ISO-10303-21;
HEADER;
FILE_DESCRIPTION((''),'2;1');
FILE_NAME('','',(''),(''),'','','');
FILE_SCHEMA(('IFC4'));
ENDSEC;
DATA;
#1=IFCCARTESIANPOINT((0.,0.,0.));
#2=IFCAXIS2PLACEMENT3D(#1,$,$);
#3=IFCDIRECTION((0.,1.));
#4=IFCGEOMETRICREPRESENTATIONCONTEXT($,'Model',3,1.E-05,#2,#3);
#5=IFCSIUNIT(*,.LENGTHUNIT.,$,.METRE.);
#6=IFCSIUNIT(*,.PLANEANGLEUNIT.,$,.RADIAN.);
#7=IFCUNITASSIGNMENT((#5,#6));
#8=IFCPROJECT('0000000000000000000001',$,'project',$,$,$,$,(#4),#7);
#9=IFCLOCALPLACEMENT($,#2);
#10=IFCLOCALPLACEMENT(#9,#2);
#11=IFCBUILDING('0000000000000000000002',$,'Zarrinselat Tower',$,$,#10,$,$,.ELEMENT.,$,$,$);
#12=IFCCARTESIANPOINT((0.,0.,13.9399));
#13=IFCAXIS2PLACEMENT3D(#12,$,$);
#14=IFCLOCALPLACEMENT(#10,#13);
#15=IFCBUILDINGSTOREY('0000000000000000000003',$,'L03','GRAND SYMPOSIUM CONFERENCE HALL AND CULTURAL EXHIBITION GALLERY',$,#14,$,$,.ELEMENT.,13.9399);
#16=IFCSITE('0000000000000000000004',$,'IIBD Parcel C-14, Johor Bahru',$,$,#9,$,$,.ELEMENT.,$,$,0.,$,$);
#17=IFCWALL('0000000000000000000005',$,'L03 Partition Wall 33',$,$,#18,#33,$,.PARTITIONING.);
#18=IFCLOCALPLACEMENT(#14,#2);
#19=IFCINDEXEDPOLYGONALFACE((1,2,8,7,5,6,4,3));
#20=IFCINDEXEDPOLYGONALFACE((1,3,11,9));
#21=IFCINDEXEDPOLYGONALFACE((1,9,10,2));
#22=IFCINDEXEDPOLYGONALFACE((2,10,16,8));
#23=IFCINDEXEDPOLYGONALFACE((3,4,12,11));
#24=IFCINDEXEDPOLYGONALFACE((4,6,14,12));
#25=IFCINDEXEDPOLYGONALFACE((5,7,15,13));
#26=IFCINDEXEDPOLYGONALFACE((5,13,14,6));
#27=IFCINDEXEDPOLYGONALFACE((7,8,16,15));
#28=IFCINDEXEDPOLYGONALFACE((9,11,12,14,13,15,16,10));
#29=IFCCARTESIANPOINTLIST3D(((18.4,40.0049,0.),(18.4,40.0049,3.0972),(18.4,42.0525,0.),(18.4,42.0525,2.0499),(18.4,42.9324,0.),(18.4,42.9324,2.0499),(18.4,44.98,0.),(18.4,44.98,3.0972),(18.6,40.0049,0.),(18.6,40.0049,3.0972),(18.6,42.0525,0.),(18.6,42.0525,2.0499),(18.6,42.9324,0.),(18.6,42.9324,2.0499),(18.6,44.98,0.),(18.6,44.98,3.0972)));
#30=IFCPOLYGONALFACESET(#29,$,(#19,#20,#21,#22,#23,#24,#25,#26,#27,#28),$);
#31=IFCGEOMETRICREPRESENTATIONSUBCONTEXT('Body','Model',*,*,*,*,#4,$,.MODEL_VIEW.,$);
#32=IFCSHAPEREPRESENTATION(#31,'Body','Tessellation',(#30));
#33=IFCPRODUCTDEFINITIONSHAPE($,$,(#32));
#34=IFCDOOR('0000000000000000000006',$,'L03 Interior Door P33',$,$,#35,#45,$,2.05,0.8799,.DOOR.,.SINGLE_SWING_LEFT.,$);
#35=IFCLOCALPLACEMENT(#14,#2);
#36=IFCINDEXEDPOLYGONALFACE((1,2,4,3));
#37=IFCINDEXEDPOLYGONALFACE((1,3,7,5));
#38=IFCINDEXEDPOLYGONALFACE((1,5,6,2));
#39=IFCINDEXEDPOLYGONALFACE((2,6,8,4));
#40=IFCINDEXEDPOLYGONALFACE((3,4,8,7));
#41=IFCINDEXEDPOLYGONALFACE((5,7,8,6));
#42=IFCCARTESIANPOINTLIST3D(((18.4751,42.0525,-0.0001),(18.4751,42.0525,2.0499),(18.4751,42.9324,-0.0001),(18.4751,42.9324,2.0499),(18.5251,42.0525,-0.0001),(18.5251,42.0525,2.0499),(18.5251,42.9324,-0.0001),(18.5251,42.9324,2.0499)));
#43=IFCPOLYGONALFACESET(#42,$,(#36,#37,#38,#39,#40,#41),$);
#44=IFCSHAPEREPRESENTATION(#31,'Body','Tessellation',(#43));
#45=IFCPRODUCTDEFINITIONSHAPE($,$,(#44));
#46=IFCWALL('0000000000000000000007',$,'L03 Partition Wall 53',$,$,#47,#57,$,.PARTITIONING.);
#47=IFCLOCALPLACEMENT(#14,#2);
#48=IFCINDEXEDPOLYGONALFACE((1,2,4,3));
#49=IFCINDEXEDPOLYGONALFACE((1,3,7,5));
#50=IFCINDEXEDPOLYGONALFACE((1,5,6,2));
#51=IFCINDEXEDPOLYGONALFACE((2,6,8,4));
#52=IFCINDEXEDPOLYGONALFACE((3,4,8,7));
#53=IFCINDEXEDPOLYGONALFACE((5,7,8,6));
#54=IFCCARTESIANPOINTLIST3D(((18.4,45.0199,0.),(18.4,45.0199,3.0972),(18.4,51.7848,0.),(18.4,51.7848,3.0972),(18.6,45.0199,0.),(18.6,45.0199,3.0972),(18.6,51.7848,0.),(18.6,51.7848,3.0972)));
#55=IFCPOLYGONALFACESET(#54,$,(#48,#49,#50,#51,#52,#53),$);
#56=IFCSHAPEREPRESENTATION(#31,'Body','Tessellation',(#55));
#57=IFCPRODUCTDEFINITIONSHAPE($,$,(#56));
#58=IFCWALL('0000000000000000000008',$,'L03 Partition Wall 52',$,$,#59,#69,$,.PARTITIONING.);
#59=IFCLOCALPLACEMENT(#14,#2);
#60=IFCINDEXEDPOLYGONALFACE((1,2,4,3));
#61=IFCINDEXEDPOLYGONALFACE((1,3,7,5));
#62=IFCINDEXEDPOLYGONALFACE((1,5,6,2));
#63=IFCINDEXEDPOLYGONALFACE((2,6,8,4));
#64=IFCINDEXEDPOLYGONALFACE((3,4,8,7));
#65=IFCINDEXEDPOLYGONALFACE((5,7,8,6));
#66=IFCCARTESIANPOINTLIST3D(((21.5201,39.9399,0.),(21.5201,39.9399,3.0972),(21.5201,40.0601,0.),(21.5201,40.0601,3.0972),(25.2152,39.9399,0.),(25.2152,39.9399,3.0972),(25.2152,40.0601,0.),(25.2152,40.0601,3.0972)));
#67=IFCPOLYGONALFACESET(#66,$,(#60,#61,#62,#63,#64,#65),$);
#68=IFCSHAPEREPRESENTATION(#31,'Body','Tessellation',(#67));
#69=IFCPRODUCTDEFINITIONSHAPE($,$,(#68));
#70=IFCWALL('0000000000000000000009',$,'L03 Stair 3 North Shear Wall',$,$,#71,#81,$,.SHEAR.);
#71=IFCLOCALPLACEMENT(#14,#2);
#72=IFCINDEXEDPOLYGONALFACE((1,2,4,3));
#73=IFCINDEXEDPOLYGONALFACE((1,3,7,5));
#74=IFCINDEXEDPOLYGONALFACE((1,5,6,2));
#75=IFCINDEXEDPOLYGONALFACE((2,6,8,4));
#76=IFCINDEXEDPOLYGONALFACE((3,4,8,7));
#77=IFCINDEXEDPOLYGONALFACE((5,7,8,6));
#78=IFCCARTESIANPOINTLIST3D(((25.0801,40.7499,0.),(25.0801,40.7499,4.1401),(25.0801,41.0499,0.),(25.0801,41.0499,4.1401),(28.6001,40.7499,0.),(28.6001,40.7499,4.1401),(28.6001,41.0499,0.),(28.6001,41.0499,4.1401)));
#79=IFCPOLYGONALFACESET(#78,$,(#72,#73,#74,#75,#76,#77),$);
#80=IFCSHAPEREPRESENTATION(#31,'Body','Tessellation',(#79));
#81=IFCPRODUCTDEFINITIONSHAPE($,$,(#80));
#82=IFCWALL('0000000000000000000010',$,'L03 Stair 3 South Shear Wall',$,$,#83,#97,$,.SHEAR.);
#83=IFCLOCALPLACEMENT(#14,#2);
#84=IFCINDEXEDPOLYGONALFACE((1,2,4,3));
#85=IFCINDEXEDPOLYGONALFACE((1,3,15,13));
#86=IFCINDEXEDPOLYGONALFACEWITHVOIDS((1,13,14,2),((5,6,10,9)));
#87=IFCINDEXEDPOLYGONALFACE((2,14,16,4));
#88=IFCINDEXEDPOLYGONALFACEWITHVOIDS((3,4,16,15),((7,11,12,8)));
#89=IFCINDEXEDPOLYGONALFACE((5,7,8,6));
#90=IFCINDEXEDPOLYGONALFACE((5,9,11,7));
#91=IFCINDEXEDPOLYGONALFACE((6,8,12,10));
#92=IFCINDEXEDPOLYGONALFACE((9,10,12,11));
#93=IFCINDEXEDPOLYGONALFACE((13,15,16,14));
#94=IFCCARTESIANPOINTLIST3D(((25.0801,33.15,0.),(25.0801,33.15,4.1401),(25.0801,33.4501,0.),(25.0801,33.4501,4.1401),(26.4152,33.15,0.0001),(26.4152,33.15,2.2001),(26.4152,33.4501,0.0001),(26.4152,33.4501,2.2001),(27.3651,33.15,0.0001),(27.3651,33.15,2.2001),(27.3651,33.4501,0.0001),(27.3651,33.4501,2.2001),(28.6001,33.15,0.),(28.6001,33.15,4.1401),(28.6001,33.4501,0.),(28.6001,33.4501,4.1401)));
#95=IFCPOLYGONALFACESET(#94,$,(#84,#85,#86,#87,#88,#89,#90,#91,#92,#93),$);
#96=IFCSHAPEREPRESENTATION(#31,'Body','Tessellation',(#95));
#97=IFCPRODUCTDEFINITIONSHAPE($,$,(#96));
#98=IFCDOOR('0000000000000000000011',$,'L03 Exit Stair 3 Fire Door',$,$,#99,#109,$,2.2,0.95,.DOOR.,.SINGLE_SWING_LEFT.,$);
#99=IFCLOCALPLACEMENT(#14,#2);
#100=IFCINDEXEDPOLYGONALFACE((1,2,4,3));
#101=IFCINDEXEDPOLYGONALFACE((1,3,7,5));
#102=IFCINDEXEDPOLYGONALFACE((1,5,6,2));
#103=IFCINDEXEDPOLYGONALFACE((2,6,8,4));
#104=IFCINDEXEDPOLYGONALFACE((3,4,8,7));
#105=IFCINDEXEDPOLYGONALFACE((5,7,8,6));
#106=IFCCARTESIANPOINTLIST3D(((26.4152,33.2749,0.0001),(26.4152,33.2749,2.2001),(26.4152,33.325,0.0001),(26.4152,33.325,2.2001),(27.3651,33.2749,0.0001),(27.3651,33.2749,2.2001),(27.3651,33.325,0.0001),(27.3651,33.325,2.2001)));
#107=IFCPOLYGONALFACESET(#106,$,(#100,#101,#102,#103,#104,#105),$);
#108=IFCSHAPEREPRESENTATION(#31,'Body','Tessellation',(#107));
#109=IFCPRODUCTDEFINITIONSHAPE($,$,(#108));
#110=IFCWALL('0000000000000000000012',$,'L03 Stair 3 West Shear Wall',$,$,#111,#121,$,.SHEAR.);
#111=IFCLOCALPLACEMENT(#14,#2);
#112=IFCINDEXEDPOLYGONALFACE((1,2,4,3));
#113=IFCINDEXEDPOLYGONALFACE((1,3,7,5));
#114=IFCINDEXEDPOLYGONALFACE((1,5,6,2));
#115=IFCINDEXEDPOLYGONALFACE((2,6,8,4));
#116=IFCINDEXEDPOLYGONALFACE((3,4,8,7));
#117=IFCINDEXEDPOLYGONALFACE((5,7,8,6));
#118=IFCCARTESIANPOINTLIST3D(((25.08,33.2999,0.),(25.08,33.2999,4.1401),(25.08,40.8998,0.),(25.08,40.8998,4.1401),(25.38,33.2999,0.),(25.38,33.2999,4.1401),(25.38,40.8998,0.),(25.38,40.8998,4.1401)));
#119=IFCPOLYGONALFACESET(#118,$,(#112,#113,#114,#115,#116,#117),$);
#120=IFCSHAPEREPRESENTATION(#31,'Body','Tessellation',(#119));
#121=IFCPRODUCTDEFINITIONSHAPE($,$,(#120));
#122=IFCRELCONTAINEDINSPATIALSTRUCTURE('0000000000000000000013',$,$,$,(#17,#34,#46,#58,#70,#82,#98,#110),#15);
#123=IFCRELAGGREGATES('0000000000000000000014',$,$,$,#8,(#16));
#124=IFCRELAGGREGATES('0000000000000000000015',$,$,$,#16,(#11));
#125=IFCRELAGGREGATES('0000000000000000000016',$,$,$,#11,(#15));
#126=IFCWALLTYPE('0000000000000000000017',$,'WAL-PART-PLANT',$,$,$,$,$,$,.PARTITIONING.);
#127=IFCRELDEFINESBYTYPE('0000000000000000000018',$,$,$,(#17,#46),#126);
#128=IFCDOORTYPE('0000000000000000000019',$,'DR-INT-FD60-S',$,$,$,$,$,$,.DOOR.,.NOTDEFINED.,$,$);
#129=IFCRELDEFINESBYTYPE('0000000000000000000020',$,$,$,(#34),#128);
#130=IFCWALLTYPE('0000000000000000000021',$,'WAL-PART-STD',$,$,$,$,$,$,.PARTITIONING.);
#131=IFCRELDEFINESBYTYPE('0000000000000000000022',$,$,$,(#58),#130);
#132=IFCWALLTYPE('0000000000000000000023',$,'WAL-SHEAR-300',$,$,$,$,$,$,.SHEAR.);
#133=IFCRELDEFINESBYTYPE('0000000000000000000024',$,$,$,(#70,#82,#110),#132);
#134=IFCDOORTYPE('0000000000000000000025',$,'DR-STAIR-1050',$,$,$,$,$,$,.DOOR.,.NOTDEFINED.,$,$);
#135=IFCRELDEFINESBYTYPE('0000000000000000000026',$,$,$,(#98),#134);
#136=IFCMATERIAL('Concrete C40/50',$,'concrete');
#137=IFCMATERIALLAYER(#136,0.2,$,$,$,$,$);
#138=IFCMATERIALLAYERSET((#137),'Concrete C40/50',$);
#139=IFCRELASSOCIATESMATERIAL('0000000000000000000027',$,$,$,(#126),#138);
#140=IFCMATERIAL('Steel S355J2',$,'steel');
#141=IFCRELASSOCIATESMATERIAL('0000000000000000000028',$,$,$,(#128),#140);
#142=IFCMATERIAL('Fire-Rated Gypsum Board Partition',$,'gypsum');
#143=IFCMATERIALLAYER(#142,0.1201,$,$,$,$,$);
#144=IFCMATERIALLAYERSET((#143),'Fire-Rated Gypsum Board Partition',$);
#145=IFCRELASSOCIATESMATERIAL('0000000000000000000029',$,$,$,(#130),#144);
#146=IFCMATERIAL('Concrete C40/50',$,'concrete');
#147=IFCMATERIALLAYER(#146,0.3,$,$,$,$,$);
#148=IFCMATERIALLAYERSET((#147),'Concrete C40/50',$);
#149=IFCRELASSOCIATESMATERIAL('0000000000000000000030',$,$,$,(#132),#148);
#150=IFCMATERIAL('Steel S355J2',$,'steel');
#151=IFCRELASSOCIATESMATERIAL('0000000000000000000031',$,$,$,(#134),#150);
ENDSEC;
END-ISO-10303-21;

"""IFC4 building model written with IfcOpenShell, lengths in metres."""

from ifc_helpers import new_model, si_unit, direction, frame, frame_2d, origin, place, context, subcontext, project, spatial, rectangle, extrude, material, layer, layer_set, type_object, element, fill, save


model = new_model("IFC4")

# Units and contexts
model_context = context("Model", 3, precision=1e-05, world=origin(), true_north=direction((0.0, 1.0)))
body_context = subcontext(model_context, "Body", "Model", "MODEL_VIEW")
ifc_project = project(units=[si_unit("LENGTHUNIT", "METRE"), si_unit("PLANEANGLEUNIT", "RADIAN")], contexts=[model_context])

# Site, building, storey
site_placement = place(None, origin())
site = spatial("IfcSite", under=ifc_project, at=site_placement, Name="IIBD Parcel C-14, Johor Bahru", CompositionType="ELEMENT", RefElevation=0.0)
building_placement = place(site_placement, origin())
building = spatial("IfcBuilding", under=site, at=building_placement, Name="Zarrinselat Tower", CompositionType="ELEMENT")
storey_placement = place(building_placement, frame((0.0, 0.0, 13.9399)))
storey = spatial("IfcBuildingStorey", under=building, at=storey_placement, Name="L03", Description="GRAND SYMPOSIUM CONFERENCE HALL AND CULTURAL EXHIBITION GALLERY", CompositionType="ELEMENT", Elevation=13.9399)

# Wall, opening, door
ifc_material_1 = material(Name="Concrete C40/50", Category="concrete")
ifc_layer_1 = layer(ifc_material_1, 0.2)
ifc_layer_set_1 = layer_set([ifc_layer_1], Name="Concrete C40/50")
wall_type_1 = type_object("IfcWallType", Name="WAL-PART-PLANT", PredefinedType="PARTITIONING", material=ifc_layer_set_1)
wall_1_placement = place(storey_placement, frame((18.5, 40.0049, 0.0), z_axis=(0.0, 0.0, 1.0), x_axis=(0.0, 1.0, 0.0)))
wall_1 = element("IfcWall", 1, at=wall_1_placement, inside=storey, type_object=wall_type_1, Name="L03 Partition Wall 33", PredefinedType="PARTITIONING", context=body_context, shape_type="SweptSolid", body=[
    extrude(rectangle(XDim=4.9751, YDim=0.2, at=frame_2d((2.4875, 0.0))), origin(), (0.0, 0.0, 1.0), 3.0972),
])
opening_1_placement = place(wall_1_placement, frame((2.0476, 0.0, 0.0)))
opening_1 = element("IfcOpeningElement", 2, at=opening_1_placement, cuts=wall_1, PredefinedType="OPENING", context=body_context, shape_type="SweptSolid", body=[
    extrude(rectangle(XDim=0.8799, YDim=2.05, at=frame_2d((0.4399, 1.0249))), frame((0.0, 0.1099, 0.0), z_axis=(0.0, -1.0, 0.0), x_axis=(1.0, 0.0, 0.0)), (0.0, 0.0, 1.0), 0.22),
])
ifc_material_2 = material(Name="Steel S355J2", Category="steel")
door_type_1 = type_object("IfcDoorType", Name="DR-INT-FD60-S", OperationType="NOTDEFINED", PredefinedType="DOOR", material=ifc_material_2)
door_1_placement = place(opening_1_placement, origin())
door_1 = element("IfcDoor", 3, at=door_1_placement, inside=storey, type_object=door_type_1, Name="L03 Interior Door P33", OperationType="SINGLE_SWING_LEFT", OverallHeight=2.05, OverallWidth=0.8799, PredefinedType="DOOR", context=body_context, shape_type="SweptSolid", body=[
    extrude(rectangle(XDim=0.8799, YDim=2.05, at=frame_2d((0.4399, 1.0249))), frame((0.0, 0.0249, 0.0), z_axis=(0.0, -1.0, 0.0), x_axis=(1.0, 0.0, 0.0)), (0.0, 0.0, 1.0), 0.05),
])
fill(opening_1, door_1)

# Walls
wall_2_placement = place(storey_placement, frame((18.5, 45.02, 0.0), z_axis=(0.0, 0.0, 1.0), x_axis=(0.0, 1.0, 0.0)))
element("IfcWall", 4, at=wall_2_placement, inside=storey, type_object=wall_type_1, Name="L03 Partition Wall 53", PredefinedType="PARTITIONING", context=body_context, shape_type="SweptSolid", body=[
    extrude(rectangle(XDim=6.7649, YDim=0.2, at=frame_2d((3.3823, 0.0))), origin(), (0.0, 0.0, 1.0), 3.0972),
])
ifc_material_3 = material(Name="Fire-Rated Gypsum Board Partition", Category="gypsum")
ifc_layer_2 = layer(ifc_material_3, 0.1201)
ifc_layer_set_2 = layer_set([ifc_layer_2], Name="Fire-Rated Gypsum Board Partition")
wall_type_2 = type_object("IfcWallType", Name="WAL-PART-STD", PredefinedType="PARTITIONING", material=ifc_layer_set_2)
wall_3_placement = place(storey_placement, frame((21.52, 40.0, 0.0), z_axis=(0.0, 0.0, 1.0), x_axis=(1.0, 0.0, 0.0)))
element("IfcWall", 5, at=wall_3_placement, inside=storey, type_object=wall_type_2, Name="L03 Partition Wall 52", PredefinedType="PARTITIONING", context=body_context, shape_type="SweptSolid", body=[
    extrude(rectangle(XDim=3.6951, YDim=0.1201, at=frame_2d((1.8477, 0.0))), origin(), (0.0, 0.0, 1.0), 3.0972),
])
ifc_material_4 = material(Name="Concrete C40/50", Category="concrete")
ifc_layer_3 = layer(ifc_material_4, 0.3)
ifc_layer_set_3 = layer_set([ifc_layer_3], Name="Concrete C40/50")
wall_type_3 = type_object("IfcWallType", Name="WAL-SHEAR-300", PredefinedType="SHEAR", material=ifc_layer_set_3)
wall_4_placement = place(storey_placement, frame((25.0801, 40.8999, 0.0), z_axis=(0.0, 0.0, 1.0), x_axis=(1.0, 0.0, 0.0)))
element("IfcWall", 6, at=wall_4_placement, inside=storey, type_object=wall_type_3, Name="L03 Stair 3 North Shear Wall", PredefinedType="SHEAR", context=body_context, shape_type="SweptSolid", body=[
    extrude(rectangle(XDim=3.52, YDim=0.3, at=frame_2d((1.76, 0.0))), origin(), (0.0, 0.0, 1.0), 4.1401),
])

# Wall, opening, door
wall_5_placement = place(storey_placement, frame((25.0801, 33.3, 0.0), z_axis=(0.0, 0.0, 1.0), x_axis=(1.0, 0.0, 0.0)))
wall_5 = element("IfcWall", 7, at=wall_5_placement, inside=storey, type_object=wall_type_3, Name="L03 Stair 3 South Shear Wall", PredefinedType="SHEAR", context=body_context, shape_type="SweptSolid", body=[
    extrude(rectangle(XDim=3.52, YDim=0.3, at=frame_2d((1.76, 0.0))), origin(), (0.0, 0.0, 1.0), 4.1401),
])
opening_2_placement = place(wall_5_placement, frame((1.335, 0.0, 0.0)))
opening_2 = element("IfcOpeningElement", 8, at=opening_2_placement, cuts=wall_5, PredefinedType="OPENING", context=body_context, shape_type="SweptSolid", body=[
    extrude(rectangle(XDim=0.95, YDim=2.2, at=frame_2d((0.4751, 1.1001))), frame((0.0, 0.1599, 0.0), z_axis=(0.0, -1.0, 0.0), x_axis=(1.0, 0.0, 0.0)), (0.0, 0.0, 1.0), 0.3201),
])
ifc_material_5 = material(Name="Steel S355J2", Category="steel")
door_type_2 = type_object("IfcDoorType", Name="DR-STAIR-1050", OperationType="NOTDEFINED", PredefinedType="DOOR", material=ifc_material_5)
door_2_placement = place(opening_2_placement, origin())
door_2 = element("IfcDoor", 9, at=door_2_placement, inside=storey, type_object=door_type_2, Name="L03 Exit Stair 3 Fire Door", OperationType="SINGLE_SWING_LEFT", OverallHeight=2.2, OverallWidth=0.95, PredefinedType="DOOR", context=body_context, shape_type="SweptSolid", body=[
    extrude(rectangle(XDim=0.95, YDim=2.2, at=frame_2d((0.4751, 1.1001))), frame((0.0, 0.0249, 0.0), z_axis=(0.0, -1.0, 0.0), x_axis=(1.0, 0.0, 0.0)), (0.0, 0.0, 1.0), 0.05),
])
fill(opening_2, door_2)

# Wall
wall_6_placement = place(storey_placement, frame((25.23, 33.3, 0.0), z_axis=(0.0, 0.0, 1.0), x_axis=(0.0, 1.0, 0.0)))
element("IfcWall", 10, at=wall_6_placement, inside=storey, type_object=wall_type_3, Name="L03 Stair 3 West Shear Wall", PredefinedType="SHEAR", context=body_context, shape_type="SweptSolid", body=[
    extrude(rectangle(XDim=7.5999, YDim=0.3, at=frame_2d((3.7998, 0.0))), origin(), (0.0, 0.0, 1.0), 4.1401),
])

save(model, "model.ifc")
